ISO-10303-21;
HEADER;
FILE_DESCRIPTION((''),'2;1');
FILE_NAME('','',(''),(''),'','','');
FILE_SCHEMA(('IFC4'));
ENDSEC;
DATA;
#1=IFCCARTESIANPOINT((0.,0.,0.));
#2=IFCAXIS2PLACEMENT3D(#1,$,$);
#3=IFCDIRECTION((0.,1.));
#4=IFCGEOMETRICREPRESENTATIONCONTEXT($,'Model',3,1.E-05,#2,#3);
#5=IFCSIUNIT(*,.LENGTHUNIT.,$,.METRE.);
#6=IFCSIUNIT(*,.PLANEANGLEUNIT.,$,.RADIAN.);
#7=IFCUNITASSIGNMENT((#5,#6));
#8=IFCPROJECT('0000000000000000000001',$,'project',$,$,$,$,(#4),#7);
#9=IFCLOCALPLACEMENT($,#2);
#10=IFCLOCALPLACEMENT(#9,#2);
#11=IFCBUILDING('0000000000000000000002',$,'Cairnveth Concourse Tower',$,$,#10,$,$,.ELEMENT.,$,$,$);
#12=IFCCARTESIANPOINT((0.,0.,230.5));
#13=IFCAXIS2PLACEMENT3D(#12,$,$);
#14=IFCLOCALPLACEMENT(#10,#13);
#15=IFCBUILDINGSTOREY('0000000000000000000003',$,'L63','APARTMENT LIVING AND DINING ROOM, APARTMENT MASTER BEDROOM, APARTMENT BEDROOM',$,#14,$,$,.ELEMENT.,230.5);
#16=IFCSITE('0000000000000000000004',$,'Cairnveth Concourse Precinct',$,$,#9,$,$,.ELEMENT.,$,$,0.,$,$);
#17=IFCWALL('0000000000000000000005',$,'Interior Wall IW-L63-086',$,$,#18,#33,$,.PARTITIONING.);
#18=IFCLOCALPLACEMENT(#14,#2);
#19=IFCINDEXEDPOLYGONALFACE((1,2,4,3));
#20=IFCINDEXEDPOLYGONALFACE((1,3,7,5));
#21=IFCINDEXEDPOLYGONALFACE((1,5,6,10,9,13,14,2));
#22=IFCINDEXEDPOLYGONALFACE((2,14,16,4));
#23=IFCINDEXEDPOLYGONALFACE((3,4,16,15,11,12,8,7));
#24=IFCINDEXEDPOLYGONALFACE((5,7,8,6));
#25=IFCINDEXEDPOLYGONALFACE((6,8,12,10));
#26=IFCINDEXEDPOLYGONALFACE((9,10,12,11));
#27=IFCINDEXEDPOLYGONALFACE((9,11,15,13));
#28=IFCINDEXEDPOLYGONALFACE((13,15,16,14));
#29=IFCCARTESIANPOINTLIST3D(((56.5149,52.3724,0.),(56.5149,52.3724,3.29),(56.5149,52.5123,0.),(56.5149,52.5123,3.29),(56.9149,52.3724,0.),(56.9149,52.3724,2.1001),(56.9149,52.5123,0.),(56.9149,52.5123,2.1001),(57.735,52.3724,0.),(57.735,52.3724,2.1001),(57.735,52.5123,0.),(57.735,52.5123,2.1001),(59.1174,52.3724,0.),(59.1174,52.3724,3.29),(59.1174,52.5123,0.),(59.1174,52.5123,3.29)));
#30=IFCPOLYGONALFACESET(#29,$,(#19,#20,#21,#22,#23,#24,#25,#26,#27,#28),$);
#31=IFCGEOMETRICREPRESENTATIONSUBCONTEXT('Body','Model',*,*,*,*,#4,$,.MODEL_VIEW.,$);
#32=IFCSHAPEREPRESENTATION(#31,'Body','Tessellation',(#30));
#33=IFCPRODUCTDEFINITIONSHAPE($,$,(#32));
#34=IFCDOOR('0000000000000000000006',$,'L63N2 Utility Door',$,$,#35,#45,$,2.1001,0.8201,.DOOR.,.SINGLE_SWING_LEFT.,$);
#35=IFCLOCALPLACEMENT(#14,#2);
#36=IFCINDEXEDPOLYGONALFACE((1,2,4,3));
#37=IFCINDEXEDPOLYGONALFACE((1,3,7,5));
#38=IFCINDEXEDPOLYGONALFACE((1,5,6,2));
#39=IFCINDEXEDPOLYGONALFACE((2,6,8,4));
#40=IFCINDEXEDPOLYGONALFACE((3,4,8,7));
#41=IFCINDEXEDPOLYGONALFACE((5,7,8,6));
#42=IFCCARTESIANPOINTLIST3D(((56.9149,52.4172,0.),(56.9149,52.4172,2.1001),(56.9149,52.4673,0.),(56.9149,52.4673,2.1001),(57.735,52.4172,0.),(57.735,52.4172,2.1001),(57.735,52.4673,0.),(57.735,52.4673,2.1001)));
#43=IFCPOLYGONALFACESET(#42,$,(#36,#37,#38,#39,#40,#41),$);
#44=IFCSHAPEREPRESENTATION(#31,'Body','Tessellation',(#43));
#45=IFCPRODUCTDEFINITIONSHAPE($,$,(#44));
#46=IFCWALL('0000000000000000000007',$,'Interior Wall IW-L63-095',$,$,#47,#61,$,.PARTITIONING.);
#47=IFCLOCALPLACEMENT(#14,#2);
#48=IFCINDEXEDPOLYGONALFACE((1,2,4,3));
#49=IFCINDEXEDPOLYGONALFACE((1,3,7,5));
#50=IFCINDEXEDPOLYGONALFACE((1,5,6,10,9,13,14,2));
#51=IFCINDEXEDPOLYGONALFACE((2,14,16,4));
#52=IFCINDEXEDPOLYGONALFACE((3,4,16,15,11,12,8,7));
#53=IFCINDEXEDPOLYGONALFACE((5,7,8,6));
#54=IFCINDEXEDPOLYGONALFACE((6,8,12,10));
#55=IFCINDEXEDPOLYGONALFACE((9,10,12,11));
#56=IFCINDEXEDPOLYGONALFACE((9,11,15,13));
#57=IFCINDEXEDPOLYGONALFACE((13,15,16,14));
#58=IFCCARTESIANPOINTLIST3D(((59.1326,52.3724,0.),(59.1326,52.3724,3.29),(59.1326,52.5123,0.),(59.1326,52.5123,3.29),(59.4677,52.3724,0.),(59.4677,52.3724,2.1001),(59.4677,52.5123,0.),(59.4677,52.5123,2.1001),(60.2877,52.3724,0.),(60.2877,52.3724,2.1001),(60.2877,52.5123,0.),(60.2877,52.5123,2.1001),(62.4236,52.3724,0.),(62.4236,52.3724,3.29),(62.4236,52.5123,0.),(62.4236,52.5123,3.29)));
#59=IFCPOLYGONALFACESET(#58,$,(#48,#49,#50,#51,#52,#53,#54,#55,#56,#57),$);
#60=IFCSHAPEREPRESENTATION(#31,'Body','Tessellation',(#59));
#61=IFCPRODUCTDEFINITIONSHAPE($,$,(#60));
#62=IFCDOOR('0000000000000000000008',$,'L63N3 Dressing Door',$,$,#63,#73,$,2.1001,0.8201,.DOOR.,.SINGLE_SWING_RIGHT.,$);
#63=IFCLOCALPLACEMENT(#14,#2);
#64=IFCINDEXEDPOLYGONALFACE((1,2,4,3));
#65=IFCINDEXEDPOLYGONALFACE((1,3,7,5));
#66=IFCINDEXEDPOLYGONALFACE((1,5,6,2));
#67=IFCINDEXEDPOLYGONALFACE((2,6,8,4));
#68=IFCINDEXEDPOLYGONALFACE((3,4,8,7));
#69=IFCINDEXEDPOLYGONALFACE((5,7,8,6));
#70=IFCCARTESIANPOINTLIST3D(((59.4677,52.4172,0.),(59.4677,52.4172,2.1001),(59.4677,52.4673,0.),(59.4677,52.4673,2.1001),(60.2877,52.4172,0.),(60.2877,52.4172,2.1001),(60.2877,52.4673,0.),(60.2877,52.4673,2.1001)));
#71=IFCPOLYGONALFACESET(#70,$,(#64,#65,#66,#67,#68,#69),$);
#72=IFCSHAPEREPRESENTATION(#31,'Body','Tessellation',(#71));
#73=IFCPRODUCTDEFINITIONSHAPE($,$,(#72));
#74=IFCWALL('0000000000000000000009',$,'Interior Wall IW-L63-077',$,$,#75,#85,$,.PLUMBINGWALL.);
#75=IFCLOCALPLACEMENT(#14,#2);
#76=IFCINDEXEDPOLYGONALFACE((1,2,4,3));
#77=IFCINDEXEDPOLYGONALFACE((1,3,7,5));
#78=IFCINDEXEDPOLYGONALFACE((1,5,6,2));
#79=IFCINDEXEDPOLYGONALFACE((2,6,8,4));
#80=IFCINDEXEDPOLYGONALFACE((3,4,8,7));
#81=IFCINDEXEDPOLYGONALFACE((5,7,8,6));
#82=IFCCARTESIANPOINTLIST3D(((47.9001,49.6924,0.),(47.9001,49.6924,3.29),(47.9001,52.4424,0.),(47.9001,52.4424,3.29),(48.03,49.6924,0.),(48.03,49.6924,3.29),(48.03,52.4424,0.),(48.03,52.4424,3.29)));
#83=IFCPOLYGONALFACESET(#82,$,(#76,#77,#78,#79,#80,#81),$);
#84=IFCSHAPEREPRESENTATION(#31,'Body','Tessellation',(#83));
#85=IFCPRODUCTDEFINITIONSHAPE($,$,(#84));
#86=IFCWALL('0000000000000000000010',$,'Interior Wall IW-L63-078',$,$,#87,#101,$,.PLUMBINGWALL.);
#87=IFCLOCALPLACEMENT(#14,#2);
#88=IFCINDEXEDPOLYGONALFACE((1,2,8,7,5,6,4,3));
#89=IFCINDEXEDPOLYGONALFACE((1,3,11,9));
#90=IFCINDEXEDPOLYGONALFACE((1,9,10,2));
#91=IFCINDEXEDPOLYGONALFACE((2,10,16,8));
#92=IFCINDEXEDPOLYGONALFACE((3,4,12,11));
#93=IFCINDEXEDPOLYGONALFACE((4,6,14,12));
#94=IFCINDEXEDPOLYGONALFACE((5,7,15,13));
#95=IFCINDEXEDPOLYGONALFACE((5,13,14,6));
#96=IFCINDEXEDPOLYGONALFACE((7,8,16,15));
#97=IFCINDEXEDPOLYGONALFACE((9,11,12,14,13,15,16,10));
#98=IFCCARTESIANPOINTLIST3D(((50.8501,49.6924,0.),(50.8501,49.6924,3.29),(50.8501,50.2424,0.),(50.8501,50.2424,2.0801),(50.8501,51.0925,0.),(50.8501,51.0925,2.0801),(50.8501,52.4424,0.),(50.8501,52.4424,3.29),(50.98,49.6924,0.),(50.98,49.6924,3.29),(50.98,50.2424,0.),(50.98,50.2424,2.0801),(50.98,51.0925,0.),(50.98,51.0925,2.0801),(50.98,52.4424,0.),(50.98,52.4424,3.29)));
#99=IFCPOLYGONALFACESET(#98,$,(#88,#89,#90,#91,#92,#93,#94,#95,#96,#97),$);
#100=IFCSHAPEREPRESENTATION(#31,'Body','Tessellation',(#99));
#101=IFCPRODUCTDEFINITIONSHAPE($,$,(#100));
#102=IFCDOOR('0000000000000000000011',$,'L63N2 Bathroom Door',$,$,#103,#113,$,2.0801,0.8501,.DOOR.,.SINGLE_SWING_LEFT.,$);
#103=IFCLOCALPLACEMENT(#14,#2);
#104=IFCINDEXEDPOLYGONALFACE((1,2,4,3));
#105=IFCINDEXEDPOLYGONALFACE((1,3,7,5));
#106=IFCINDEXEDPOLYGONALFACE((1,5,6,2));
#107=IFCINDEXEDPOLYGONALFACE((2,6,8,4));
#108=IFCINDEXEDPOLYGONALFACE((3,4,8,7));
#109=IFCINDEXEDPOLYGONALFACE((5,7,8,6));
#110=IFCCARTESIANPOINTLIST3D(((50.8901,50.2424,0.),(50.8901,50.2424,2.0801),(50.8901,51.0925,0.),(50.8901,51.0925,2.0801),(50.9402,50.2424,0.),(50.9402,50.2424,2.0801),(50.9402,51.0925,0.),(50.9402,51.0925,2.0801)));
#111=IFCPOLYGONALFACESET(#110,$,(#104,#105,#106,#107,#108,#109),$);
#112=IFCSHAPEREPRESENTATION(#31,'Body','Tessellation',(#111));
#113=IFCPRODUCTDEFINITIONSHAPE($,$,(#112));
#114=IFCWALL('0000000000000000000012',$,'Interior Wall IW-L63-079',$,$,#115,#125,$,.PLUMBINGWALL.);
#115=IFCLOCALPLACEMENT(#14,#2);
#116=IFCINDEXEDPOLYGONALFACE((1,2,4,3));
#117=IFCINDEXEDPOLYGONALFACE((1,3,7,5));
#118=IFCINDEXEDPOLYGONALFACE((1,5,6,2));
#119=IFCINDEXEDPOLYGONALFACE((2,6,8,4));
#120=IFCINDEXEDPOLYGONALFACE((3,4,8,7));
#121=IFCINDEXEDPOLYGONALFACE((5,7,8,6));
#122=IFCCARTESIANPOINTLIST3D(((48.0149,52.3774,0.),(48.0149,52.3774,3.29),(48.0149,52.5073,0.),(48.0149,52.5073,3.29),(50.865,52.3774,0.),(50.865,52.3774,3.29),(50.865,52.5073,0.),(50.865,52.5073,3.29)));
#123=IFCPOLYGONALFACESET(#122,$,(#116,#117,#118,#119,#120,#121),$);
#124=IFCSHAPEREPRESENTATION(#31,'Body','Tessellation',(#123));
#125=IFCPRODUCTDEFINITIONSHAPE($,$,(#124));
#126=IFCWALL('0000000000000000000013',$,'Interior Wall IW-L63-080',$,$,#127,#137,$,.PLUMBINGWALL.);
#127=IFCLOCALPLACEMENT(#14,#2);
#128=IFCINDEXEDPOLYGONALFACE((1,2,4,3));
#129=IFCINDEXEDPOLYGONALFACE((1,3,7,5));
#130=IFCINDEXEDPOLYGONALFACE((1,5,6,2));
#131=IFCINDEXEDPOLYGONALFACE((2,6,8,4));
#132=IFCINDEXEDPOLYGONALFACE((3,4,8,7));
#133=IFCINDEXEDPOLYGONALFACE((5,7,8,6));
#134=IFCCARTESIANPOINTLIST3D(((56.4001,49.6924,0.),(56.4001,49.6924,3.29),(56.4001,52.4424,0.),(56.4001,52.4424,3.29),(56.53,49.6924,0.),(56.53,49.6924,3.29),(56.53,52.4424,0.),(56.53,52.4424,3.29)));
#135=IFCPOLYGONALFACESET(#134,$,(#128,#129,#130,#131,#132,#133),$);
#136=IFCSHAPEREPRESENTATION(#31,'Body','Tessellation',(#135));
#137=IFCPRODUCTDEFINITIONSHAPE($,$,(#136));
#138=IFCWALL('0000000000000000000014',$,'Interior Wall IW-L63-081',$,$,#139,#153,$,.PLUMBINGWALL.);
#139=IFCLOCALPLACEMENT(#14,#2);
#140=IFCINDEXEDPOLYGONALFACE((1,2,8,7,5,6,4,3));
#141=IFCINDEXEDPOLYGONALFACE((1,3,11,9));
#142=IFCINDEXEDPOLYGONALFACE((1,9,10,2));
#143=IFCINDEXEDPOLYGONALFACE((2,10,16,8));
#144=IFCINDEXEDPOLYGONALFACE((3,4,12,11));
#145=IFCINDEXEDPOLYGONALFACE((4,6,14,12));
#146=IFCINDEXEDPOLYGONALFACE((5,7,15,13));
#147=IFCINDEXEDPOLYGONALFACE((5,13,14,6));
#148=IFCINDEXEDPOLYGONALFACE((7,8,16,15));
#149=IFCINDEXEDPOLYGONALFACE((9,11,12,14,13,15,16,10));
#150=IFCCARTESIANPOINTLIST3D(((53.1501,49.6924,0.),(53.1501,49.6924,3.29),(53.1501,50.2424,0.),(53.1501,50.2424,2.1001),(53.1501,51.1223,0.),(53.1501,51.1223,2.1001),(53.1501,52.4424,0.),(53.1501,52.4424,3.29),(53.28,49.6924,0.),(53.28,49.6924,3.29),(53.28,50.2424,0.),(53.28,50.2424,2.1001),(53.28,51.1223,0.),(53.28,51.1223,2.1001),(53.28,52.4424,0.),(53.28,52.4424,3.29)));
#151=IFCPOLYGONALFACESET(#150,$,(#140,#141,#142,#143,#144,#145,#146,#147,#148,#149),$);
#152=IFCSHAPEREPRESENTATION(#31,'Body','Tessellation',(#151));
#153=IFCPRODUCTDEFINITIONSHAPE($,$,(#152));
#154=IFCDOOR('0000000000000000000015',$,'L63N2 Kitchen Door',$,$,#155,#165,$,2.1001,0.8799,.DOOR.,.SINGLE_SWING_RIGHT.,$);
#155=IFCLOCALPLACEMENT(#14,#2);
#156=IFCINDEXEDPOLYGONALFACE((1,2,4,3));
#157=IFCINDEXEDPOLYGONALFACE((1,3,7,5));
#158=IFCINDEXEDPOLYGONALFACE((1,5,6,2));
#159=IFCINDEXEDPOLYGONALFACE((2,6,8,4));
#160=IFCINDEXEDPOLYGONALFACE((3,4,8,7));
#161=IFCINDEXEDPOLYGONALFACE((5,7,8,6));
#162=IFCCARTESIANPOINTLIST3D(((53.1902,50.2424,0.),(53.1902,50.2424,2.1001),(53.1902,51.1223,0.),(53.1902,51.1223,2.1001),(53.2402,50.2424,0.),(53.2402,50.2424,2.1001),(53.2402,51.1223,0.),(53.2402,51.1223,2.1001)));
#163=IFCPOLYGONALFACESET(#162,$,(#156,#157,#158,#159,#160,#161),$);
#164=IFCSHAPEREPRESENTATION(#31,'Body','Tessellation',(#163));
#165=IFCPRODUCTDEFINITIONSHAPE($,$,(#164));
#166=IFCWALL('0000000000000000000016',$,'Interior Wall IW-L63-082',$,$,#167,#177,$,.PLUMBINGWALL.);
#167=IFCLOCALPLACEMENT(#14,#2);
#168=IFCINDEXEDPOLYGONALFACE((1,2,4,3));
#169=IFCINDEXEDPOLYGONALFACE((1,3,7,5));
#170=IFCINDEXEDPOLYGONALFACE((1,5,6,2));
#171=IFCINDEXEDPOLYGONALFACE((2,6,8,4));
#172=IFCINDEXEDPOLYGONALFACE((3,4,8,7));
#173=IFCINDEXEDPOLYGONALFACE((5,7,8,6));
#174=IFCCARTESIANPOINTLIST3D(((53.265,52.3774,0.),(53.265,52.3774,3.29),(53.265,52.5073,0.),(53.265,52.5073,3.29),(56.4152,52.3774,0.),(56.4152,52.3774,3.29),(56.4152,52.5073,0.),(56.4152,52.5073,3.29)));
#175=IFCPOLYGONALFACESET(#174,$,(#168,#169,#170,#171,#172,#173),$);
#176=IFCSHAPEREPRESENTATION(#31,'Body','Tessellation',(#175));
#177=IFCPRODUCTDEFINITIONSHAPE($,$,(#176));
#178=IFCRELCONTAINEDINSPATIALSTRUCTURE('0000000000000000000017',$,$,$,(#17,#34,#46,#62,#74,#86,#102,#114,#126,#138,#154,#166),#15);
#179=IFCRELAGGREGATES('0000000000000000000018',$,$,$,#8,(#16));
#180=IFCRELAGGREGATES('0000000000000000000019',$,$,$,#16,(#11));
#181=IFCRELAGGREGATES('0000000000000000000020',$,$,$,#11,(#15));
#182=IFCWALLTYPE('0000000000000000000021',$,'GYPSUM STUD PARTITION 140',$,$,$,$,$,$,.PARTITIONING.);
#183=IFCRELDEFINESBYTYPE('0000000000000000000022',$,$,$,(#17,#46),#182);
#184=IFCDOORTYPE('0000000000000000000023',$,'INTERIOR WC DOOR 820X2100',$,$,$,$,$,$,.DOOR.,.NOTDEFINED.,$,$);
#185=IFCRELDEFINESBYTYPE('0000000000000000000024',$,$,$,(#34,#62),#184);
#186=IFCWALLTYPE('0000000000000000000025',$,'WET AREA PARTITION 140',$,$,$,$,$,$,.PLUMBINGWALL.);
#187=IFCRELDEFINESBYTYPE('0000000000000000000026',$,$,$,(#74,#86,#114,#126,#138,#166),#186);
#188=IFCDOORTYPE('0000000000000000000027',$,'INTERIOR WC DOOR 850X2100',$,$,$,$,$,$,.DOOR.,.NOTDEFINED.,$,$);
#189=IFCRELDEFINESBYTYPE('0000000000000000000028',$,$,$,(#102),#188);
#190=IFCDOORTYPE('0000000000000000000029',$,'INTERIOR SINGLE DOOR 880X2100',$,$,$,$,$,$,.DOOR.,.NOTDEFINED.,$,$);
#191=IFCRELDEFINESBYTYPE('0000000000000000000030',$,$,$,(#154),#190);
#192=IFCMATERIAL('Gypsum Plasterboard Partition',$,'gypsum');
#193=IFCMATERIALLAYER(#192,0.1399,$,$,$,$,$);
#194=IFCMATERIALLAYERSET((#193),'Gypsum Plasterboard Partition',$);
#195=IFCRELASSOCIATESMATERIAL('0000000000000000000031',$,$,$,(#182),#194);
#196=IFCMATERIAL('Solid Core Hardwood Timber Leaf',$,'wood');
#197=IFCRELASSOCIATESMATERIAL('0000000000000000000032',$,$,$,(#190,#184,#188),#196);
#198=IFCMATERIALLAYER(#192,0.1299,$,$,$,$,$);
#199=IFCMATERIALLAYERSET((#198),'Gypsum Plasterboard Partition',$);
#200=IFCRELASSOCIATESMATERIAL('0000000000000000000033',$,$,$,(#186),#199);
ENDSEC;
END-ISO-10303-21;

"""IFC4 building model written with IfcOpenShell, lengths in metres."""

from ifc_helpers import new_model, si_unit, direction, frame, frame_2d, origin, place, context, subcontext, project, spatial, rectangle, extrude, material, layer, layer_set, type_object, element, fill, save


model = new_model("IFC4")

# Units and contexts
model_context = context("Model", 3, precision=1e-05, world=origin(), true_north=direction((0.0, 1.0)))
body_context = subcontext(model_context, "Body", "Model", "MODEL_VIEW")
ifc_project = project(units=[si_unit("LENGTHUNIT", "METRE"), si_unit("PLANEANGLEUNIT", "RADIAN")], contexts=[model_context])

# Site, building, storey
site_placement = place(None, origin())
site = spatial("IfcSite", under=ifc_project, at=site_placement, Name="Cairnveth Concourse Precinct", CompositionType="ELEMENT", RefElevation=0.0)
building_placement = place(site_placement, origin())
building = spatial("IfcBuilding", under=site, at=building_placement, Name="Cairnveth Concourse Tower", CompositionType="ELEMENT")
storey_placement = place(building_placement, frame((0.0, 0.0, 230.5)))
storey = spatial("IfcBuildingStorey", under=building, at=storey_placement, Name="L63", Description="APARTMENT LIVING AND DINING ROOM, APARTMENT MASTER BEDROOM, APARTMENT BEDROOM", CompositionType="ELEMENT", Elevation=230.5)

# Shared definitions
ifc_material_1 = material(Name="Gypsum Plasterboard Partition", Category="gypsum")

# Walls, openings, doors
ifc_layer_1 = layer(ifc_material_1, 0.1399)
ifc_layer_set_1 = layer_set([ifc_layer_1], Name="Gypsum Plasterboard Partition")
wall_type_1 = type_object("IfcWallType", Name="GYPSUM STUD PARTITION 140", PredefinedType="PARTITIONING", material=ifc_layer_set_1)
ifc_material_2 = material(Name="Solid Core Hardwood Timber Leaf", Category="wood")
door_type_1 = type_object("IfcDoorType", Name="INTERIOR SINGLE DOOR 880X2100", OperationType="NOTDEFINED", PredefinedType="DOOR", material=ifc_material_2)
wall_1_placement = place(storey_placement, frame((56.5149, 52.4424, 0.0), z_axis=(0.0, 0.0, 1.0), x_axis=(1.0, 0.0, 0.0)))
wall_1 = element("IfcWall", 1, at=wall_1_placement, inside=storey, type_object=wall_type_1, Name="Interior Wall IW-L63-086", PredefinedType="PARTITIONING", context=body_context, shape_type="SweptSolid", body=[
    extrude(rectangle(XDim=2.6025, YDim=0.1399, at=frame_2d((1.3013, 0.0))), origin(), (0.0, 0.0, 1.0), 3.29),
])
opening_1_placement = place(wall_1_placement, frame((0.3999, 0.0, 0.0)))
opening_1 = element("IfcOpeningElement", 2, at=opening_1_placement, cuts=wall_1, PredefinedType="OPENING", context=body_context, shape_type="SweptSolid", body=[
    extrude(rectangle(XDim=0.8201, YDim=2.1001, at=frame_2d((0.4102, 1.05))), frame((0.0, 0.0798, 0.0), z_axis=(0.0, -1.0, 0.0), x_axis=(1.0, 0.0, 0.0)), (0.0, 0.0, 1.0), 0.1599),
])
door_type_2 = type_object("IfcDoorType", Name="INTERIOR WC DOOR 820X2100", OperationType="NOTDEFINED", PredefinedType="DOOR", material=ifc_material_2)
door_1_placement = place(opening_1_placement, origin())
door_1 = element("IfcDoor", 3, at=door_1_placement, inside=storey, type_object=door_type_2, Name="L63N2 Utility Door", OperationType="SINGLE_SWING_LEFT", OverallHeight=2.1001, OverallWidth=0.8201, PredefinedType="DOOR", context=body_context, shape_type="SweptSolid", body=[
    extrude(rectangle(XDim=0.8201, YDim=2.1001, at=frame_2d((0.4102, 1.05))), frame((0.0, 0.0249, 0.0), z_axis=(0.0, -1.0, 0.0), x_axis=(1.0, 0.0, 0.0)), (0.0, 0.0, 1.0), 0.05),
])
fill(opening_1, door_1)
wall_2_placement = place(storey_placement, frame((59.1326, 52.4424, 0.0), z_axis=(0.0, 0.0, 1.0), x_axis=(1.0, 0.0, 0.0)))
wall_2 = element("IfcWall", 4, at=wall_2_placement, inside=storey, type_object=wall_type_1, Name="Interior Wall IW-L63-095", PredefinedType="PARTITIONING", context=body_context, shape_type="SweptSolid", body=[
    extrude(rectangle(XDim=3.291, YDim=0.1399, at=frame_2d((1.6455, 0.0))), origin(), (0.0, 0.0, 1.0), 3.29),
])
opening_2_placement = place(wall_2_placement, frame((0.335, 0.0, 0.0)))
opening_2 = element("IfcOpeningElement", 5, at=opening_2_placement, cuts=wall_2, PredefinedType="OPENING", context=body_context, shape_type="SweptSolid", body=[
    extrude(rectangle(XDim=0.8201, YDim=2.1001, at=frame_2d((0.4102, 1.05))), frame((0.0, 0.0798, 0.0), z_axis=(0.0, -1.0, 0.0), x_axis=(1.0, 0.0, 0.0)), (0.0, 0.0, 1.0), 0.1599),
])
door_2_placement = place(opening_2_placement, origin())
door_2 = element("IfcDoor", 6, at=door_2_placement, inside=storey, type_object=door_type_2, Name="L63N3 Dressing Door", OperationType="SINGLE_SWING_RIGHT", OverallHeight=2.1001, OverallWidth=0.8201, PredefinedType="DOOR", context=body_context, shape_type="SweptSolid", body=[
    extrude(rectangle(XDim=0.8201, YDim=2.1001, at=frame_2d((0.4102, 1.05))), frame((0.0, 0.0249, 0.0), z_axis=(0.0, -1.0, 0.0), x_axis=(1.0, 0.0, 0.0)), (0.0, 0.0, 1.0), 0.05),
])
fill(opening_2, door_2)

# Wall
ifc_layer_2 = layer(ifc_material_1, 0.1299)
ifc_layer_set_2 = layer_set([ifc_layer_2], Name="Gypsum Plasterboard Partition")
wall_type_2 = type_object("IfcWallType", Name="WET AREA PARTITION 140", PredefinedType="PLUMBINGWALL", material=ifc_layer_set_2)
wall_3_placement = place(storey_placement, frame((47.9651, 49.6924, 0.0), z_axis=(0.0, 0.0, 1.0), x_axis=(0.0, 1.0, 0.0)))
element("IfcWall", 7, at=wall_3_placement, inside=storey, type_object=wall_type_2, Name="Interior Wall IW-L63-077", PredefinedType="PLUMBINGWALL", context=body_context, shape_type="SweptSolid", body=[
    extrude(rectangle(XDim=2.75, YDim=0.1299, at=frame_2d((1.375, 0.0))), origin(), (0.0, 0.0, 1.0), 3.29),
])

# Wall, opening, door
wall_4_placement = place(storey_placement, frame((50.915, 49.6924, 0.0), z_axis=(0.0, 0.0, 1.0), x_axis=(0.0, 1.0, 0.0)))
wall_4 = element("IfcWall", 8, at=wall_4_placement, inside=storey, type_object=wall_type_2, Name="Interior Wall IW-L63-078", PredefinedType="PLUMBINGWALL", context=body_context, shape_type="SweptSolid", body=[
    extrude(rectangle(XDim=2.75, YDim=0.1299, at=frame_2d((1.375, 0.0))), origin(), (0.0, 0.0, 1.0), 3.29),
])
opening_3_placement = place(wall_4_placement, frame((0.55, 0.0, 0.0)))
opening_3 = element("IfcOpeningElement", 9, at=opening_3_placement, cuts=wall_4, PredefinedType="OPENING", context=body_context, shape_type="SweptSolid", body=[
    extrude(rectangle(XDim=0.8501, YDim=2.0801, at=frame_2d((0.425, 1.04))), frame((0.0, 0.075, 0.0), z_axis=(0.0, -1.0, 0.0), x_axis=(1.0, 0.0, 0.0)), (0.0, 0.0, 1.0), 0.1499),
])
door_type_3 = type_object("IfcDoorType", Name="INTERIOR WC DOOR 850X2100", OperationType="NOTDEFINED", PredefinedType="DOOR", material=ifc_material_2)
door_3_placement = place(opening_3_placement, origin())
door_3 = element("IfcDoor", 10, at=door_3_placement, inside=storey, type_object=door_type_3, Name="L63N2 Bathroom Door", OperationType="SINGLE_SWING_LEFT", OverallHeight=2.0801, OverallWidth=0.8501, PredefinedType="DOOR", context=body_context, shape_type="SweptSolid", body=[
    extrude(rectangle(XDim=0.8501, YDim=2.0801, at=frame_2d((0.425, 1.04))), frame((0.0, 0.0249, 0.0), z_axis=(0.0, -1.0, 0.0), x_axis=(1.0, 0.0, 0.0)), (0.0, 0.0, 1.0), 0.05),
])
fill(opening_3, door_3)

# Walls
wall_5_placement = place(storey_placement, frame((48.0149, 52.4424, 0.0), z_axis=(0.0, 0.0, 1.0), x_axis=(1.0, 0.0, 0.0)))
element("IfcWall", 11, at=wall_5_placement, inside=storey, type_object=wall_type_2, Name="Interior Wall IW-L63-079", PredefinedType="PLUMBINGWALL", context=body_context, shape_type="SweptSolid", body=[
    extrude(rectangle(XDim=2.8501, YDim=0.1299, at=frame_2d((1.425, 0.0))), origin(), (0.0, 0.0, 1.0), 3.29),
])
wall_6_placement = place(storey_placement, frame((56.4651, 49.6924, 0.0), z_axis=(0.0, 0.0, 1.0), x_axis=(0.0, 1.0, 0.0)))
element("IfcWall", 12, at=wall_6_placement, inside=storey, type_object=wall_type_2, Name="Interior Wall IW-L63-080", PredefinedType="PLUMBINGWALL", context=body_context, shape_type="SweptSolid", body=[
    extrude(rectangle(XDim=2.75, YDim=0.1299, at=frame_2d((1.375, 0.0))), origin(), (0.0, 0.0, 1.0), 3.29),
])

# Wall, opening, door
wall_7_placement = place(storey_placement, frame((53.2151, 49.6924, 0.0), z_axis=(0.0, 0.0, 1.0), x_axis=(0.0, 1.0, 0.0)))
wall_7 = element("IfcWall", 13, at=wall_7_placement, inside=storey, type_object=wall_type_2, Name="Interior Wall IW-L63-081", PredefinedType="PLUMBINGWALL", context=body_context, shape_type="SweptSolid", body=[
    extrude(rectangle(XDim=2.75, YDim=0.1299, at=frame_2d((1.375, 0.0))), origin(), (0.0, 0.0, 1.0), 3.29),
])
opening_4_placement = place(wall_7_placement, frame((0.55, 0.0, 0.0)))
opening_4 = element("IfcOpeningElement", 14, at=opening_4_placement, cuts=wall_7, PredefinedType="OPENING", context=body_context, shape_type="SweptSolid", body=[
    extrude(rectangle(XDim=0.8799, YDim=2.1001, at=frame_2d((0.4399, 1.05))), frame((0.0, 0.075, 0.0), z_axis=(0.0, -1.0, 0.0), x_axis=(1.0, 0.0, 0.0)), (0.0, 0.0, 1.0), 0.1499),
])
door_4_placement = place(opening_4_placement, origin())
door_4 = element("IfcDoor", 15, at=door_4_placement, inside=storey, type_object=door_type_1, Name="L63N2 Kitchen Door", OperationType="SINGLE_SWING_RIGHT", OverallHeight=2.1001, OverallWidth=0.8799, PredefinedType="DOOR", context=body_context, shape_type="SweptSolid", body=[
    extrude(rectangle(XDim=0.8799, YDim=2.1001, at=frame_2d((0.4399, 1.05))), frame((0.0, 0.0249, 0.0), z_axis=(0.0, -1.0, 0.0), x_axis=(1.0, 0.0, 0.0)), (0.0, 0.0, 1.0), 0.05),
])
fill(opening_4, door_4)

# Wall
wall_8_placement = place(storey_placement, frame((53.2649, 52.4424, 0.0), z_axis=(0.0, 0.0, 1.0), x_axis=(1.0, 0.0, 0.0)))
element("IfcWall", 16, at=wall_8_placement, inside=storey, type_object=wall_type_2, Name="Interior Wall IW-L63-082", PredefinedType="PLUMBINGWALL", context=body_context, shape_type="SweptSolid", body=[
    extrude(rectangle(XDim=3.1501, YDim=0.1299, at=frame_2d((1.5752, 0.0))), origin(), (0.0, 0.0, 1.0), 3.29),
])

save(model, "model.ifc")
